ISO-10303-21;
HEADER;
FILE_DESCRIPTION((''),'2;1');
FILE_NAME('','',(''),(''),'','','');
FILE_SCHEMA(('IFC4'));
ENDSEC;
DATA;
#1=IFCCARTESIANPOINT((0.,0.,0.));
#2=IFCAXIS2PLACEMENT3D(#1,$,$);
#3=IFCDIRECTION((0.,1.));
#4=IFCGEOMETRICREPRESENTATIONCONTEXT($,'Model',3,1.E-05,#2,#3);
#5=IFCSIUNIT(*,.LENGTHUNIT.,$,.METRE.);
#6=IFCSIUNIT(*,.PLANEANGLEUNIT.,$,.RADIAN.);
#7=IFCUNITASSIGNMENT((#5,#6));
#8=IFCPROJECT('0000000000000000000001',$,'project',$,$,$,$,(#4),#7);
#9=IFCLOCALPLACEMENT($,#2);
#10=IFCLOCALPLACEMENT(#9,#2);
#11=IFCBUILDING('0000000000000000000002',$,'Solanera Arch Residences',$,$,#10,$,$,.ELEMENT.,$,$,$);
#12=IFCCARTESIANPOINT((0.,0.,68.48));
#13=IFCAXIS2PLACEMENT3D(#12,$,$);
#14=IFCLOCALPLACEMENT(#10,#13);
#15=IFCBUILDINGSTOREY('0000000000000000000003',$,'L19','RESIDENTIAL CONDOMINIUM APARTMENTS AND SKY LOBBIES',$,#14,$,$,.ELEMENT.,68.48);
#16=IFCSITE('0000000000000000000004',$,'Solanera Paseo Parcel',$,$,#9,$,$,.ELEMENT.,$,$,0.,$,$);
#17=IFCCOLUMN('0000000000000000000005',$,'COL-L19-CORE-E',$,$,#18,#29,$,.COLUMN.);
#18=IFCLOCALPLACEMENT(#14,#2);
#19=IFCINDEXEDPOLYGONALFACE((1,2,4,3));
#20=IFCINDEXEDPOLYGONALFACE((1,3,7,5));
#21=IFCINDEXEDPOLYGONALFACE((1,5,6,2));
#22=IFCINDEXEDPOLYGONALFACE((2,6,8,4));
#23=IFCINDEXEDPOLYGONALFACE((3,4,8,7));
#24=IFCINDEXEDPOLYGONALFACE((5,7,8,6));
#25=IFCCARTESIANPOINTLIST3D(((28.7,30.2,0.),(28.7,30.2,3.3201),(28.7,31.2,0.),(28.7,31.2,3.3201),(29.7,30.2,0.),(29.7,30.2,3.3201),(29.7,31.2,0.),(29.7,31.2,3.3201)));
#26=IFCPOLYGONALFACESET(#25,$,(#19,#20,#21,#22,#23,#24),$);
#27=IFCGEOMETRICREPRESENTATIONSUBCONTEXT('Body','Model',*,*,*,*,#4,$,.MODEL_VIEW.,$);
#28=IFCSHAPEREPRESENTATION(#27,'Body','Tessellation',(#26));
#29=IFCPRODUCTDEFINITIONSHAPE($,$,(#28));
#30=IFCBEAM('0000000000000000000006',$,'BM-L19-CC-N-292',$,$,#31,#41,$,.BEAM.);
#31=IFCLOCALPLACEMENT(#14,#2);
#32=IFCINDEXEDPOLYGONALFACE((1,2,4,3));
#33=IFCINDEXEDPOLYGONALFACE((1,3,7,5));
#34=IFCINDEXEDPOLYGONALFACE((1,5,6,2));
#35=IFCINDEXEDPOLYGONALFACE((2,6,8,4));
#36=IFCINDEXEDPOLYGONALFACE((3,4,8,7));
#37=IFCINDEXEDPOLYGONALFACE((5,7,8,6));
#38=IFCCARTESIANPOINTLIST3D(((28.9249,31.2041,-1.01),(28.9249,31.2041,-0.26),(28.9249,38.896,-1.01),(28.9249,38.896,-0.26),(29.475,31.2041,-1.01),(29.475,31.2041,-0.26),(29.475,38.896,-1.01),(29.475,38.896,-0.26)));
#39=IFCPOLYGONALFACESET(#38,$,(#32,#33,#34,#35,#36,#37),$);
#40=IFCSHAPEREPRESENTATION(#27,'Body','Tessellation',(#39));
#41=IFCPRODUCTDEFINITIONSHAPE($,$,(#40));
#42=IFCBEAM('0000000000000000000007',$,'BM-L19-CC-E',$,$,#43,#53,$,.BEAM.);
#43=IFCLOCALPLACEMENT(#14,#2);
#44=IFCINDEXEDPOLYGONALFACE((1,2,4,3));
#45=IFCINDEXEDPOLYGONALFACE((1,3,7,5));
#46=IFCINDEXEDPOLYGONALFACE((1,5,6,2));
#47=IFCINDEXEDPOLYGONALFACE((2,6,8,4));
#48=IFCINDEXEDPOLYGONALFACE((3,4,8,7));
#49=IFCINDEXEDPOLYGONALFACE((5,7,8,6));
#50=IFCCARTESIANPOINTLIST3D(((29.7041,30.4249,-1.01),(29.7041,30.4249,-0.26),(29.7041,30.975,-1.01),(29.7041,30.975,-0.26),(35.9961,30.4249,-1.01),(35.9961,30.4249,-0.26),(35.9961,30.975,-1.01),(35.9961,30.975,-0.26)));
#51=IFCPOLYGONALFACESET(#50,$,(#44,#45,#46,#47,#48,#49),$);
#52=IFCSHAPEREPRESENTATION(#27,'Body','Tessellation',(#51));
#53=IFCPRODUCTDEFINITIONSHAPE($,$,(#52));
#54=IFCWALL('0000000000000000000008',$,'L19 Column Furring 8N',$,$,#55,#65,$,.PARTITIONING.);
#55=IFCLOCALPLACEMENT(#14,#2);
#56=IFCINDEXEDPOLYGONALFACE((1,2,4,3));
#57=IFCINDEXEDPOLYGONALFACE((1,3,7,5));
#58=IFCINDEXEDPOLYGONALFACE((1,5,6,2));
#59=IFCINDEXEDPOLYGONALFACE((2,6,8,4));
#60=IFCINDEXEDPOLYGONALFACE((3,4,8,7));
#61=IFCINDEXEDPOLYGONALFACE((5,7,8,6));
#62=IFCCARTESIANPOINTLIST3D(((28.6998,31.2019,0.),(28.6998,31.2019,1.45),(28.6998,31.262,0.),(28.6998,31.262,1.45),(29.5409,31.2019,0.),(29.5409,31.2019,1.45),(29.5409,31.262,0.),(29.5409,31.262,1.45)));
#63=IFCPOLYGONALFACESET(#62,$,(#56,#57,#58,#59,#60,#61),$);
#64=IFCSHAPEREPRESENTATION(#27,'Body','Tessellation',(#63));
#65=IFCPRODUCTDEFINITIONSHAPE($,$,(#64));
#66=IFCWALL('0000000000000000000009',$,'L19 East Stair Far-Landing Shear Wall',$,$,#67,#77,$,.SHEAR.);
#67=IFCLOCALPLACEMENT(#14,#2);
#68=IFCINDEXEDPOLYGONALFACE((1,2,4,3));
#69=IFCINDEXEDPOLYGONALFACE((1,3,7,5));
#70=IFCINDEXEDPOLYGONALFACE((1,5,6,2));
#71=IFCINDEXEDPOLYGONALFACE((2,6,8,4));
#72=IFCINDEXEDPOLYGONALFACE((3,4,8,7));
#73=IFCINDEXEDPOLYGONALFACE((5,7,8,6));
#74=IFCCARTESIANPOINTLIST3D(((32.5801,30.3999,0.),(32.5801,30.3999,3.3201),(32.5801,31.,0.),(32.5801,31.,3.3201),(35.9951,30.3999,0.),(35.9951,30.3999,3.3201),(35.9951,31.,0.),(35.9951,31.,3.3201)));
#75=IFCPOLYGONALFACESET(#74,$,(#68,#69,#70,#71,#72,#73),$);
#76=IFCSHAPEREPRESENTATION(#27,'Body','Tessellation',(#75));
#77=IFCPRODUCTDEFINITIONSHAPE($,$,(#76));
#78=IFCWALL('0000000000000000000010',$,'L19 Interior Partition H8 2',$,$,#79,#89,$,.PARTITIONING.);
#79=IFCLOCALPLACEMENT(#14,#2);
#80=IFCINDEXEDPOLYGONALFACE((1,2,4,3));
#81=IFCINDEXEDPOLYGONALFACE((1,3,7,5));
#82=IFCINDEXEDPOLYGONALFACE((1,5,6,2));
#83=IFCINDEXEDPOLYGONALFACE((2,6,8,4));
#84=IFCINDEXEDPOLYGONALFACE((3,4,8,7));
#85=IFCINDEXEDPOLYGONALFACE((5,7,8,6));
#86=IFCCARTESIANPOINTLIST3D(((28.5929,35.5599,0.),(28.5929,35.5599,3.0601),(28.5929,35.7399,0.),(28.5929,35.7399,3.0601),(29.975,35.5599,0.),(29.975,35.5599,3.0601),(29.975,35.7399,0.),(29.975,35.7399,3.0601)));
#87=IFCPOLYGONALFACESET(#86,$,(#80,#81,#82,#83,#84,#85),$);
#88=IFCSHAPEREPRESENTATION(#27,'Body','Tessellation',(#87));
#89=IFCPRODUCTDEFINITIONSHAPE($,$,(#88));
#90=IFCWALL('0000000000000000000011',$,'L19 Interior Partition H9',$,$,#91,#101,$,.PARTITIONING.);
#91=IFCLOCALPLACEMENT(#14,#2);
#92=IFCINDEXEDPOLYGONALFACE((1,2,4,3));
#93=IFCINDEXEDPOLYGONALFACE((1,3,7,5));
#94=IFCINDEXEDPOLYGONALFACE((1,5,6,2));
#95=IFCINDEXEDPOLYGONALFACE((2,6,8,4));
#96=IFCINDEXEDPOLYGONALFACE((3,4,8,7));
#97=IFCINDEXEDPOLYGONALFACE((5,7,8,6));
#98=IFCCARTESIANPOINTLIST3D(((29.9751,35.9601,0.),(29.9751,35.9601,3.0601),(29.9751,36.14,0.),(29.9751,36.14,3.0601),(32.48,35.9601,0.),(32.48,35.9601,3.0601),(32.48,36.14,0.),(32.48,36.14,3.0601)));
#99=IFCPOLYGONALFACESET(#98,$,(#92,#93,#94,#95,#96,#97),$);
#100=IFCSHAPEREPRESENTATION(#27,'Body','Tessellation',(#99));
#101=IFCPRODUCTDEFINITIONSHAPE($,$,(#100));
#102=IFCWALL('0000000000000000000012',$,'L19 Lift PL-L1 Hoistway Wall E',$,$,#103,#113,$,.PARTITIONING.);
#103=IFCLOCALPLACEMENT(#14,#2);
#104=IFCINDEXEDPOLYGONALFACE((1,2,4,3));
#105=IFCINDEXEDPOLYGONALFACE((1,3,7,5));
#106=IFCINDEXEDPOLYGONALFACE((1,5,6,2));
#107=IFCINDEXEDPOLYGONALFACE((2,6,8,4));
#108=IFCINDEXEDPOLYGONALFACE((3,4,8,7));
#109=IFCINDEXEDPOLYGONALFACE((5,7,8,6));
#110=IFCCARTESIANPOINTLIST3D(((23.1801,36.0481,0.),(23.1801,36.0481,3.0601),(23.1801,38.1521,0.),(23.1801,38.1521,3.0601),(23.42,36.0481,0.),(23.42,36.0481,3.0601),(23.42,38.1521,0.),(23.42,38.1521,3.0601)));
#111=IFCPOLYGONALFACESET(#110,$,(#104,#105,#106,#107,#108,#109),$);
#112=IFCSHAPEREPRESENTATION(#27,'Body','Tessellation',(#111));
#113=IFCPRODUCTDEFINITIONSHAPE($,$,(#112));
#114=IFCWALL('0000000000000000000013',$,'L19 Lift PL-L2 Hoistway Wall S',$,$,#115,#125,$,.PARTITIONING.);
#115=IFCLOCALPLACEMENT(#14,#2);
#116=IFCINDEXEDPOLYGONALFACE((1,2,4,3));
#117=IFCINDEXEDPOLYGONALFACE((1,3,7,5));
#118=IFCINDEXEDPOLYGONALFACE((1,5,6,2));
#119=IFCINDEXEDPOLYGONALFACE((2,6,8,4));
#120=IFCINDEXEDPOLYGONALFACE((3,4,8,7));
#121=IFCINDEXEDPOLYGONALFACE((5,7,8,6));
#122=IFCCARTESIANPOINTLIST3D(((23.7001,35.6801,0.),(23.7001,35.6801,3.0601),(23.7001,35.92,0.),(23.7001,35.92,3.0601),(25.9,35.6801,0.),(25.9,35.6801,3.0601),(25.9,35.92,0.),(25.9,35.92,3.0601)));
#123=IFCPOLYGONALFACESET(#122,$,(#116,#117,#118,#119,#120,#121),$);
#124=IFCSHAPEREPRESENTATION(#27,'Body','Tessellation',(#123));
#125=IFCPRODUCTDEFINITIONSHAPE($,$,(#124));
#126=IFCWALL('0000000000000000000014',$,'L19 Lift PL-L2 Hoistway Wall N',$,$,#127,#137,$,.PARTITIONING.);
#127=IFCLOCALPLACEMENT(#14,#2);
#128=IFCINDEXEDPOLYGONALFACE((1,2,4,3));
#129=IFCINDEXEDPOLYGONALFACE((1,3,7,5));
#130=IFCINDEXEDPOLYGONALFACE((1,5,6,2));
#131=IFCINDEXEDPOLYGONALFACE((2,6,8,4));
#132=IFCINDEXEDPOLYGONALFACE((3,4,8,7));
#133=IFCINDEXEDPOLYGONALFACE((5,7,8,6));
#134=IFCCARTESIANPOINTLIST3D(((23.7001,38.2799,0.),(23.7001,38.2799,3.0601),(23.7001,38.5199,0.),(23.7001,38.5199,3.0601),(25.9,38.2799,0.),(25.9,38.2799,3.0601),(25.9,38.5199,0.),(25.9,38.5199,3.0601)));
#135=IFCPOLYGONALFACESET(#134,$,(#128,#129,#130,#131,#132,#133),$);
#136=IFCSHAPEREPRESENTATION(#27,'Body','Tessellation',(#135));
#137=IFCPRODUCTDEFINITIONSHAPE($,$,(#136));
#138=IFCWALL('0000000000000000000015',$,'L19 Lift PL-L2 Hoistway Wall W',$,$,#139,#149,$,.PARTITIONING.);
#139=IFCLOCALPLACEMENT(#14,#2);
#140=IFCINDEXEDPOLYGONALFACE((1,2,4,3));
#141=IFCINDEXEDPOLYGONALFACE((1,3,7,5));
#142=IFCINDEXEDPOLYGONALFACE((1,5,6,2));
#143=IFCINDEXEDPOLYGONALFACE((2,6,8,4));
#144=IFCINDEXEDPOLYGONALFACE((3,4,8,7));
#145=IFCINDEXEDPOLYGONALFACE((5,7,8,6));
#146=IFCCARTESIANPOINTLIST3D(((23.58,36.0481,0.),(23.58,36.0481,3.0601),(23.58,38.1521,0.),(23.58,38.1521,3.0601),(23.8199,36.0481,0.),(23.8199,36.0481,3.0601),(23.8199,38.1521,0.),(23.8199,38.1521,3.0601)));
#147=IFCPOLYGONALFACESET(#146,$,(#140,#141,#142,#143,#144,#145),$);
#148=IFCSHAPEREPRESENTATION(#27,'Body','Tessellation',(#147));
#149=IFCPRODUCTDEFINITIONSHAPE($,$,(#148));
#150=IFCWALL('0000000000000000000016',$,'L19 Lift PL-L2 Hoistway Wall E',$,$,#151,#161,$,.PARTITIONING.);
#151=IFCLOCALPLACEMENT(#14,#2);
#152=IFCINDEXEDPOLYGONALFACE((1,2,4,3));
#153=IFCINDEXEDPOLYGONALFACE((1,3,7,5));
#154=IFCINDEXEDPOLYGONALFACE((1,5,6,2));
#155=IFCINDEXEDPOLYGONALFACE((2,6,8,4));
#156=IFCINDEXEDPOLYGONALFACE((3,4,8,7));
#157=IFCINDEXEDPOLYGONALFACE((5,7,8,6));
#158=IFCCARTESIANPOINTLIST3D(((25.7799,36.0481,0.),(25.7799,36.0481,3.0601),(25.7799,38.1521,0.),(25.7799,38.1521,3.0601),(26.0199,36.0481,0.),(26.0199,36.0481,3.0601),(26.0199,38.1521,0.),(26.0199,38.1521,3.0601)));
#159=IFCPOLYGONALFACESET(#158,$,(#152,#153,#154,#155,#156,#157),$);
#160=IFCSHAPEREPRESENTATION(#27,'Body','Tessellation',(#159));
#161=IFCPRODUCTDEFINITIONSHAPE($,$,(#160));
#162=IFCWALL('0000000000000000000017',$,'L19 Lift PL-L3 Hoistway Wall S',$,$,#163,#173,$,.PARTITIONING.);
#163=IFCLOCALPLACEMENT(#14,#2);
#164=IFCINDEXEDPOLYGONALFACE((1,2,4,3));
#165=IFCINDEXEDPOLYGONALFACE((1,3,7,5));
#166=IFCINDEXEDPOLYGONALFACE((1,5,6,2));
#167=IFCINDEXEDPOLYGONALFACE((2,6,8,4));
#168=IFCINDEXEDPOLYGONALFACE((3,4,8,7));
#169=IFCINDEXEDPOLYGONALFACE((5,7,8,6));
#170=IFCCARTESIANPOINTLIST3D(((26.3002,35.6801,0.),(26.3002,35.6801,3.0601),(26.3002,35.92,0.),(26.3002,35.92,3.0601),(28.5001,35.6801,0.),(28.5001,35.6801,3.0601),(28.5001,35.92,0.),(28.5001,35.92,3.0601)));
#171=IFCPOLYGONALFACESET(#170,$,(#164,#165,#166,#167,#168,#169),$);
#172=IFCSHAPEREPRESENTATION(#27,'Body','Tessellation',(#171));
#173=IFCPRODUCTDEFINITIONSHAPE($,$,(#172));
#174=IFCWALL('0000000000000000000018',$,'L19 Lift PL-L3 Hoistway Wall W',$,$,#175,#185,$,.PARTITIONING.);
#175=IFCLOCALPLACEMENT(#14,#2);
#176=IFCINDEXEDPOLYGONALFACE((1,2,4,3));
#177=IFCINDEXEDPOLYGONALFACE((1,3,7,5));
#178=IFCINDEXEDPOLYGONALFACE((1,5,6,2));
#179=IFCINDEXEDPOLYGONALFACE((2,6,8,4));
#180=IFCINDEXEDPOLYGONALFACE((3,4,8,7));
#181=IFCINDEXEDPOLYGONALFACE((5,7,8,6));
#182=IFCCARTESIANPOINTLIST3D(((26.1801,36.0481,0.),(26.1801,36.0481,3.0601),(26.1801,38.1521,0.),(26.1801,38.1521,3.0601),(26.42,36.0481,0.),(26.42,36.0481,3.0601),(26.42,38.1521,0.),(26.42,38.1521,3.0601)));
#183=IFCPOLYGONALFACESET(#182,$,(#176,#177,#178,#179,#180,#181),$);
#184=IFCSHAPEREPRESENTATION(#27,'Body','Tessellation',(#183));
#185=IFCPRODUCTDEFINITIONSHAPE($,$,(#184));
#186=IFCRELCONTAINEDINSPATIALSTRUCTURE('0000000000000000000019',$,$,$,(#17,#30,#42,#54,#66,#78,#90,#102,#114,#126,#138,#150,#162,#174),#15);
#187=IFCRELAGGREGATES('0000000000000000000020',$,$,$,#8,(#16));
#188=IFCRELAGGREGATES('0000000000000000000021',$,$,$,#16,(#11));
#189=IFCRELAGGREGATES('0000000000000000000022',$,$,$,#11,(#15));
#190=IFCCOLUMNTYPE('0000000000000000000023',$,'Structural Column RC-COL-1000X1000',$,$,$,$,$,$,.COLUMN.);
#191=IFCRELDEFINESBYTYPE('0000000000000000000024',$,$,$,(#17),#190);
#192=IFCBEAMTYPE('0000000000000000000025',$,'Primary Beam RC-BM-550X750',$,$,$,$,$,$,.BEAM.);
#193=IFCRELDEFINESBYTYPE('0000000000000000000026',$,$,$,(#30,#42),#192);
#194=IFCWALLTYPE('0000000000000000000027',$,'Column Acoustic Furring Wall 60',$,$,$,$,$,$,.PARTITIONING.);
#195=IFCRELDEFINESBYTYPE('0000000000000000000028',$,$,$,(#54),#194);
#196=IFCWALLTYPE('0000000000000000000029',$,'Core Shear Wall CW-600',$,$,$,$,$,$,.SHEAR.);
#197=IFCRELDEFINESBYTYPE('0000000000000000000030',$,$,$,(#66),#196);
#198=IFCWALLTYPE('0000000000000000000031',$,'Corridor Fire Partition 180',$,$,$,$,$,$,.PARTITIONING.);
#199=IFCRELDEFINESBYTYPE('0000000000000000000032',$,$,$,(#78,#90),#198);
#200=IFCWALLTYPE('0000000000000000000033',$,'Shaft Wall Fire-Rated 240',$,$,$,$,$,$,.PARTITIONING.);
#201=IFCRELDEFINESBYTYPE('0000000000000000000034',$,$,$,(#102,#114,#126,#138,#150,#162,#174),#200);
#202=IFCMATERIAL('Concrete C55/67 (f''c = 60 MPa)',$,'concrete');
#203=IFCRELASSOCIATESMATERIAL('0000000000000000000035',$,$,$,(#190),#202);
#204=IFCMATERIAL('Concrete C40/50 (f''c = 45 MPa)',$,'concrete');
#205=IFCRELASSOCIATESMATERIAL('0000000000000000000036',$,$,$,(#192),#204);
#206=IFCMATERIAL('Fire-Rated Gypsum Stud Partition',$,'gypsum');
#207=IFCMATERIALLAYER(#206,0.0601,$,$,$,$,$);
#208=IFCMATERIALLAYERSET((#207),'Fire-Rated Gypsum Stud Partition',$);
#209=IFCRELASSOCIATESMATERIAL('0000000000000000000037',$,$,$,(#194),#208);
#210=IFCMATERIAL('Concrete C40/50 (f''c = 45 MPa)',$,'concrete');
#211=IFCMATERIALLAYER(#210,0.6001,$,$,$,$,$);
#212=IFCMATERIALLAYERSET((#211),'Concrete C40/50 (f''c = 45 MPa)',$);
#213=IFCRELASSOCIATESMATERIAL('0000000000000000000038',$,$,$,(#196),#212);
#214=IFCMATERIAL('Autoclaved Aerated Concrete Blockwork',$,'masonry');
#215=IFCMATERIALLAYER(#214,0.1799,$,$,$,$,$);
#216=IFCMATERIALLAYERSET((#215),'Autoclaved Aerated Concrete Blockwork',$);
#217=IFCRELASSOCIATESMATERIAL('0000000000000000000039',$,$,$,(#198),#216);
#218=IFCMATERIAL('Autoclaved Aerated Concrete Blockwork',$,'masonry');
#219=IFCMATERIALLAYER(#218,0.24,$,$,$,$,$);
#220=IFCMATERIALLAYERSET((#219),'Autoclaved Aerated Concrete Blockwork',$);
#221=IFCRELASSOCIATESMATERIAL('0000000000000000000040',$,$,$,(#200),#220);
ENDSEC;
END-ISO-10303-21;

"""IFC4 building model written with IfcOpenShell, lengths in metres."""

from ifc_helpers import new_model, si_unit, direction, frame, frame_2d, origin, origin_2d, place, context, subcontext, project, spatial, rectangle, extrude, material, layer, layer_set, material_profile, profile_set, type_object, element, save


model = new_model("IFC4")

# Units and contexts
model_context = context("Model", 3, precision=1e-05, world=origin(), true_north=direction((0.0, 1.0)))
body_context = subcontext(model_context, "Body", "Model", "MODEL_VIEW")
ifc_project = project(units=[si_unit("LENGTHUNIT", "METRE"), si_unit("PLANEANGLEUNIT", "RADIAN")], contexts=[model_context])

# Site, building, storey
site_placement = place(None, origin())
site = spatial("IfcSite", under=ifc_project, at=site_placement, Name="Solanera Paseo Parcel", CompositionType="ELEMENT", RefElevation=0.0)
building_placement = place(site_placement, origin())
building = spatial("IfcBuilding", under=site, at=building_placement, Name="Solanera Arch Residences", CompositionType="ELEMENT")
storey_placement = place(building_placement, frame((0.0, 0.0, 68.48)))
storey = spatial("IfcBuildingStorey", under=building, at=storey_placement, Name="L19", Description="RESIDENTIAL CONDOMINIUM APARTMENTS AND SKY LOBBIES", CompositionType="ELEMENT", Elevation=68.48)

# Column
ifc_material_1 = material(Name="Concrete C55/67 (f'c = 60 MPa)", Category="concrete")
ifc_material_profile_1 = material_profile(ifc_material_1, rectangle(XDim=1.0, YDim=1.0, at=origin_2d()))
ifc_profile_set_1 = profile_set([ifc_material_profile_1], Name="Concrete C55/67 (f'c = 60 MPa)")
column_type = type_object("IfcColumnType", Name="Structural Column RC-COL-1000X1000", PredefinedType="COLUMN", material=ifc_profile_set_1)
column_placement = place(storey_placement, frame((29.2, 30.7, 0.0), z_axis=(0.0, 0.0, 1.0), x_axis=(1.0, 0.0, 0.0)))
element("IfcColumn", 1, at=column_placement, inside=storey, type_object=column_type, Name="COL-L19-CORE-E", PredefinedType="COLUMN", context=body_context, shape_type="SweptSolid", body=[
    extrude(rectangle(XDim=1.0, YDim=1.0, at=origin_2d()), origin(), (0.0, 0.0, 1.0), 3.3201),
])

# Beams
ifc_material_2 = material(Name="Concrete C40/50 (f'c = 45 MPa)", Category="concrete")
ifc_material_profile_2 = material_profile(ifc_material_2, rectangle(XDim=0.55, YDim=0.75, at=origin_2d()))
ifc_profile_set_2 = profile_set([ifc_material_profile_2], Name="Concrete C40/50 (f'c = 45 MPa)")
beam_type = type_object("IfcBeamType", Name="Primary Beam RC-BM-550X750", PredefinedType="BEAM", material=ifc_profile_set_2)
beam_1_placement = place(storey_placement, frame((29.2, 31.2041, -0.635), z_axis=(0.0, 1.0, 0.0), x_axis=(-1.0, 0.0, 0.0)))
element("IfcBeam", 2, at=beam_1_placement, inside=storey, type_object=beam_type, Name="BM-L19-CC-N-292", PredefinedType="BEAM", context=body_context, shape_type="SweptSolid", body=[
    extrude(rectangle(XDim=0.55, YDim=0.75, at=origin_2d()), origin(), (0.0, 0.0, 1.0), 7.6919),
])
beam_2_placement = place(storey_placement, frame((29.7041, 30.7, -0.635), z_axis=(1.0, 0.0, 0.0), x_axis=(0.0, 1.0, 0.0)))
element("IfcBeam", 3, at=beam_2_placement, inside=storey, type_object=beam_type, Name="BM-L19-CC-E", PredefinedType="BEAM", context=body_context, shape_type="SweptSolid", body=[
    extrude(rectangle(XDim=0.55, YDim=0.75, at=origin_2d()), origin(), (0.0, 0.0, 1.0), 6.292),
])

# Wall
ifc_material_3 = material(Name="Fire-Rated Gypsum Stud Partition", Category="gypsum")
ifc_layer_1 = layer(ifc_material_3, 0.0601)
ifc_layer_set_1 = layer_set([ifc_layer_1], Name="Fire-Rated Gypsum Stud Partition")
wall_type_1 = type_object("IfcWallType", Name="Column Acoustic Furring Wall 60", PredefinedType="PARTITIONING", material=ifc_layer_set_1)
wall_1_placement = place(storey_placement, frame((28.7, 31.2319, 0.0), z_axis=(0.0, 0.0, 1.0), x_axis=(1.0, 0.0, 0.0)))
element("IfcWall", 4, at=wall_1_placement, inside=storey, type_object=wall_type_1, Name="L19 Column Furring 8N", PredefinedType="PARTITIONING", context=body_context, shape_type="SweptSolid", body=[
    extrude(rectangle(XDim=0.8411, YDim=0.0601, at=frame_2d((0.4204, 0.0))), origin(), (0.0, 0.0, 1.0), 1.45),
])

# Walls
ifc_material_4 = material(Name="Concrete C40/50 (f'c = 45 MPa)", Category="concrete")
ifc_layer_2 = layer(ifc_material_4, 0.6001)
ifc_layer_set_2 = layer_set([ifc_layer_2], Name="Concrete C40/50 (f'c = 45 MPa)")
wall_type_2 = type_object("IfcWallType", Name="Core Shear Wall CW-600", PredefinedType="SHEAR", material=ifc_layer_set_2)
wall_2_placement = place(storey_placement, frame((32.5801, 30.7, 0.0), z_axis=(0.0, 0.0, 1.0), x_axis=(1.0, 0.0, 0.0)))
element("IfcWall", 5, at=wall_2_placement, inside=storey, type_object=wall_type_2, Name="L19 East Stair Far-Landing Shear Wall", PredefinedType="SHEAR", context=body_context, shape_type="SweptSolid", body=[
    extrude(rectangle(XDim=3.415, YDim=0.6001, at=frame_2d((1.7075, 0.0))), origin(), (0.0, 0.0, 1.0), 3.3201),
])
ifc_material_5 = material(Name="Autoclaved Aerated Concrete Blockwork", Category="masonry")
ifc_layer_3 = layer(ifc_material_5, 0.1799)
ifc_layer_set_3 = layer_set([ifc_layer_3], Name="Autoclaved Aerated Concrete Blockwork")
wall_type_3 = type_object("IfcWallType", Name="Corridor Fire Partition 180", PredefinedType="PARTITIONING", material=ifc_layer_set_3)
wall_3_placement = place(storey_placement, frame((28.593, 35.6499, 0.0), z_axis=(0.0, 0.0, 1.0), x_axis=(1.0, 0.0, 0.0)))
element("IfcWall", 6, at=wall_3_placement, inside=storey, type_object=wall_type_3, Name="L19 Interior Partition H8 2", PredefinedType="PARTITIONING", context=body_context, shape_type="SweptSolid", body=[
    extrude(rectangle(XDim=1.3821, YDim=0.1799, at=frame_2d((0.6909, 0.0))), origin(), (0.0, 0.0, 1.0), 3.0601),
])
wall_4_placement = place(storey_placement, frame((29.9751, 36.05, 0.0), z_axis=(0.0, 0.0, 1.0), x_axis=(1.0, 0.0, 0.0)))
element("IfcWall", 7, at=wall_4_placement, inside=storey, type_object=wall_type_3, Name="L19 Interior Partition H9", PredefinedType="PARTITIONING", context=body_context, shape_type="SweptSolid", body=[
    extrude(rectangle(XDim=2.5049, YDim=0.1799, at=frame_2d((1.2524, 0.0))), origin(), (0.0, 0.0, 1.0), 3.0601),
])
ifc_material_6 = material(Name="Autoclaved Aerated Concrete Blockwork", Category="masonry")
ifc_layer_4 = layer(ifc_material_6, 0.24)
ifc_layer_set_4 = layer_set([ifc_layer_4], Name="Autoclaved Aerated Concrete Blockwork")
wall_type_4 = type_object("IfcWallType", Name="Shaft Wall Fire-Rated 240", PredefinedType="PARTITIONING", material=ifc_layer_set_4)
wall_5_placement = place(storey_placement, frame((23.3, 36.0481, 0.0), z_axis=(0.0, 0.0, 1.0), x_axis=(0.0, 1.0, 0.0)))
element("IfcWall", 8, at=wall_5_placement, inside=storey, type_object=wall_type_4, Name="L19 Lift PL-L1 Hoistway Wall E", PredefinedType="PARTITIONING", context=body_context, shape_type="SweptSolid", body=[
    extrude(rectangle(XDim=2.104, YDim=0.24, at=frame_2d((1.052, 0.0))), origin(), (0.0, 0.0, 1.0), 3.0601),
])
for number, where, z_axis, x_axis, name in (
    (9, (23.7, 35.8, 0.0), (0.0, 0.0, 1.0), (1.0, 0.0, 0.0), "L19 Lift PL-L2 Hoistway Wall S"),
    (10, (23.7, 38.3999, 0.0), (0.0, 0.0, 1.0), (1.0, 0.0, 0.0), "L19 Lift PL-L2 Hoistway Wall N"),
):
    element("IfcWall", number, at=place(storey_placement, frame(where, z_axis=z_axis, x_axis=x_axis)), inside=storey, type_object=wall_type_4, Name=name, PredefinedType="PARTITIONING", context=body_context, shape_type="SweptSolid", body=[
        extrude(rectangle(XDim=2.2, YDim=0.24, at=frame_2d((1.1001, 0.0))), origin(), (0.0, 0.0, 1.0), 3.0601),
    ])
for number, where, z_axis, x_axis, name in (
    (11, (23.7, 36.0481, 0.0), (0.0, 0.0, 1.0), (0.0, 1.0, 0.0), "L19 Lift PL-L2 Hoistway Wall W"),
    (12, (25.8999, 36.0481, 0.0), (0.0, 0.0, 1.0), (0.0, 1.0, 0.0), "L19 Lift PL-L2 Hoistway Wall E"),
):
    element("IfcWall", number, at=place(storey_placement, frame(where, z_axis=z_axis, x_axis=x_axis)), inside=storey, type_object=wall_type_4, Name=name, PredefinedType="PARTITIONING", context=body_context, shape_type="SweptSolid", body=[
        extrude(rectangle(XDim=2.104, YDim=0.24, at=frame_2d((1.052, 0.0))), origin(), (0.0, 0.0, 1.0), 3.0601),
    ])
wall_6_placement = place(storey_placement, frame((26.3, 35.8, 0.0), z_axis=(0.0, 0.0, 1.0), x_axis=(1.0, 0.0, 0.0)))
element("IfcWall", 13, at=wall_6_placement, inside=storey, type_object=wall_type_4, Name="L19 Lift PL-L3 Hoistway Wall S", PredefinedType="PARTITIONING", context=body_context, shape_type="SweptSolid", body=[
    extrude(rectangle(XDim=2.2, YDim=0.24, at=frame_2d((1.1001, 0.0))), origin(), (0.0, 0.0, 1.0), 3.0601),
])
for number, where, z_axis, x_axis, name in (
    (14, (26.3, 36.0481, 0.0), (0.0, 0.0, 1.0), (0.0, 1.0, 0.0), "L19 Lift PL-L3 Hoistway Wall W"),
):
    element("IfcWall", number, at=place(storey_placement, frame(where, z_axis=z_axis, x_axis=x_axis)), inside=storey, type_object=wall_type_4, Name=name, PredefinedType="PARTITIONING", context=body_context, shape_type="SweptSolid", body=[
        extrude(rectangle(XDim=2.104, YDim=0.24, at=frame_2d((1.052, 0.0))), origin(), (0.0, 0.0, 1.0), 3.0601),
    ])

save(model, "model.ifc")
